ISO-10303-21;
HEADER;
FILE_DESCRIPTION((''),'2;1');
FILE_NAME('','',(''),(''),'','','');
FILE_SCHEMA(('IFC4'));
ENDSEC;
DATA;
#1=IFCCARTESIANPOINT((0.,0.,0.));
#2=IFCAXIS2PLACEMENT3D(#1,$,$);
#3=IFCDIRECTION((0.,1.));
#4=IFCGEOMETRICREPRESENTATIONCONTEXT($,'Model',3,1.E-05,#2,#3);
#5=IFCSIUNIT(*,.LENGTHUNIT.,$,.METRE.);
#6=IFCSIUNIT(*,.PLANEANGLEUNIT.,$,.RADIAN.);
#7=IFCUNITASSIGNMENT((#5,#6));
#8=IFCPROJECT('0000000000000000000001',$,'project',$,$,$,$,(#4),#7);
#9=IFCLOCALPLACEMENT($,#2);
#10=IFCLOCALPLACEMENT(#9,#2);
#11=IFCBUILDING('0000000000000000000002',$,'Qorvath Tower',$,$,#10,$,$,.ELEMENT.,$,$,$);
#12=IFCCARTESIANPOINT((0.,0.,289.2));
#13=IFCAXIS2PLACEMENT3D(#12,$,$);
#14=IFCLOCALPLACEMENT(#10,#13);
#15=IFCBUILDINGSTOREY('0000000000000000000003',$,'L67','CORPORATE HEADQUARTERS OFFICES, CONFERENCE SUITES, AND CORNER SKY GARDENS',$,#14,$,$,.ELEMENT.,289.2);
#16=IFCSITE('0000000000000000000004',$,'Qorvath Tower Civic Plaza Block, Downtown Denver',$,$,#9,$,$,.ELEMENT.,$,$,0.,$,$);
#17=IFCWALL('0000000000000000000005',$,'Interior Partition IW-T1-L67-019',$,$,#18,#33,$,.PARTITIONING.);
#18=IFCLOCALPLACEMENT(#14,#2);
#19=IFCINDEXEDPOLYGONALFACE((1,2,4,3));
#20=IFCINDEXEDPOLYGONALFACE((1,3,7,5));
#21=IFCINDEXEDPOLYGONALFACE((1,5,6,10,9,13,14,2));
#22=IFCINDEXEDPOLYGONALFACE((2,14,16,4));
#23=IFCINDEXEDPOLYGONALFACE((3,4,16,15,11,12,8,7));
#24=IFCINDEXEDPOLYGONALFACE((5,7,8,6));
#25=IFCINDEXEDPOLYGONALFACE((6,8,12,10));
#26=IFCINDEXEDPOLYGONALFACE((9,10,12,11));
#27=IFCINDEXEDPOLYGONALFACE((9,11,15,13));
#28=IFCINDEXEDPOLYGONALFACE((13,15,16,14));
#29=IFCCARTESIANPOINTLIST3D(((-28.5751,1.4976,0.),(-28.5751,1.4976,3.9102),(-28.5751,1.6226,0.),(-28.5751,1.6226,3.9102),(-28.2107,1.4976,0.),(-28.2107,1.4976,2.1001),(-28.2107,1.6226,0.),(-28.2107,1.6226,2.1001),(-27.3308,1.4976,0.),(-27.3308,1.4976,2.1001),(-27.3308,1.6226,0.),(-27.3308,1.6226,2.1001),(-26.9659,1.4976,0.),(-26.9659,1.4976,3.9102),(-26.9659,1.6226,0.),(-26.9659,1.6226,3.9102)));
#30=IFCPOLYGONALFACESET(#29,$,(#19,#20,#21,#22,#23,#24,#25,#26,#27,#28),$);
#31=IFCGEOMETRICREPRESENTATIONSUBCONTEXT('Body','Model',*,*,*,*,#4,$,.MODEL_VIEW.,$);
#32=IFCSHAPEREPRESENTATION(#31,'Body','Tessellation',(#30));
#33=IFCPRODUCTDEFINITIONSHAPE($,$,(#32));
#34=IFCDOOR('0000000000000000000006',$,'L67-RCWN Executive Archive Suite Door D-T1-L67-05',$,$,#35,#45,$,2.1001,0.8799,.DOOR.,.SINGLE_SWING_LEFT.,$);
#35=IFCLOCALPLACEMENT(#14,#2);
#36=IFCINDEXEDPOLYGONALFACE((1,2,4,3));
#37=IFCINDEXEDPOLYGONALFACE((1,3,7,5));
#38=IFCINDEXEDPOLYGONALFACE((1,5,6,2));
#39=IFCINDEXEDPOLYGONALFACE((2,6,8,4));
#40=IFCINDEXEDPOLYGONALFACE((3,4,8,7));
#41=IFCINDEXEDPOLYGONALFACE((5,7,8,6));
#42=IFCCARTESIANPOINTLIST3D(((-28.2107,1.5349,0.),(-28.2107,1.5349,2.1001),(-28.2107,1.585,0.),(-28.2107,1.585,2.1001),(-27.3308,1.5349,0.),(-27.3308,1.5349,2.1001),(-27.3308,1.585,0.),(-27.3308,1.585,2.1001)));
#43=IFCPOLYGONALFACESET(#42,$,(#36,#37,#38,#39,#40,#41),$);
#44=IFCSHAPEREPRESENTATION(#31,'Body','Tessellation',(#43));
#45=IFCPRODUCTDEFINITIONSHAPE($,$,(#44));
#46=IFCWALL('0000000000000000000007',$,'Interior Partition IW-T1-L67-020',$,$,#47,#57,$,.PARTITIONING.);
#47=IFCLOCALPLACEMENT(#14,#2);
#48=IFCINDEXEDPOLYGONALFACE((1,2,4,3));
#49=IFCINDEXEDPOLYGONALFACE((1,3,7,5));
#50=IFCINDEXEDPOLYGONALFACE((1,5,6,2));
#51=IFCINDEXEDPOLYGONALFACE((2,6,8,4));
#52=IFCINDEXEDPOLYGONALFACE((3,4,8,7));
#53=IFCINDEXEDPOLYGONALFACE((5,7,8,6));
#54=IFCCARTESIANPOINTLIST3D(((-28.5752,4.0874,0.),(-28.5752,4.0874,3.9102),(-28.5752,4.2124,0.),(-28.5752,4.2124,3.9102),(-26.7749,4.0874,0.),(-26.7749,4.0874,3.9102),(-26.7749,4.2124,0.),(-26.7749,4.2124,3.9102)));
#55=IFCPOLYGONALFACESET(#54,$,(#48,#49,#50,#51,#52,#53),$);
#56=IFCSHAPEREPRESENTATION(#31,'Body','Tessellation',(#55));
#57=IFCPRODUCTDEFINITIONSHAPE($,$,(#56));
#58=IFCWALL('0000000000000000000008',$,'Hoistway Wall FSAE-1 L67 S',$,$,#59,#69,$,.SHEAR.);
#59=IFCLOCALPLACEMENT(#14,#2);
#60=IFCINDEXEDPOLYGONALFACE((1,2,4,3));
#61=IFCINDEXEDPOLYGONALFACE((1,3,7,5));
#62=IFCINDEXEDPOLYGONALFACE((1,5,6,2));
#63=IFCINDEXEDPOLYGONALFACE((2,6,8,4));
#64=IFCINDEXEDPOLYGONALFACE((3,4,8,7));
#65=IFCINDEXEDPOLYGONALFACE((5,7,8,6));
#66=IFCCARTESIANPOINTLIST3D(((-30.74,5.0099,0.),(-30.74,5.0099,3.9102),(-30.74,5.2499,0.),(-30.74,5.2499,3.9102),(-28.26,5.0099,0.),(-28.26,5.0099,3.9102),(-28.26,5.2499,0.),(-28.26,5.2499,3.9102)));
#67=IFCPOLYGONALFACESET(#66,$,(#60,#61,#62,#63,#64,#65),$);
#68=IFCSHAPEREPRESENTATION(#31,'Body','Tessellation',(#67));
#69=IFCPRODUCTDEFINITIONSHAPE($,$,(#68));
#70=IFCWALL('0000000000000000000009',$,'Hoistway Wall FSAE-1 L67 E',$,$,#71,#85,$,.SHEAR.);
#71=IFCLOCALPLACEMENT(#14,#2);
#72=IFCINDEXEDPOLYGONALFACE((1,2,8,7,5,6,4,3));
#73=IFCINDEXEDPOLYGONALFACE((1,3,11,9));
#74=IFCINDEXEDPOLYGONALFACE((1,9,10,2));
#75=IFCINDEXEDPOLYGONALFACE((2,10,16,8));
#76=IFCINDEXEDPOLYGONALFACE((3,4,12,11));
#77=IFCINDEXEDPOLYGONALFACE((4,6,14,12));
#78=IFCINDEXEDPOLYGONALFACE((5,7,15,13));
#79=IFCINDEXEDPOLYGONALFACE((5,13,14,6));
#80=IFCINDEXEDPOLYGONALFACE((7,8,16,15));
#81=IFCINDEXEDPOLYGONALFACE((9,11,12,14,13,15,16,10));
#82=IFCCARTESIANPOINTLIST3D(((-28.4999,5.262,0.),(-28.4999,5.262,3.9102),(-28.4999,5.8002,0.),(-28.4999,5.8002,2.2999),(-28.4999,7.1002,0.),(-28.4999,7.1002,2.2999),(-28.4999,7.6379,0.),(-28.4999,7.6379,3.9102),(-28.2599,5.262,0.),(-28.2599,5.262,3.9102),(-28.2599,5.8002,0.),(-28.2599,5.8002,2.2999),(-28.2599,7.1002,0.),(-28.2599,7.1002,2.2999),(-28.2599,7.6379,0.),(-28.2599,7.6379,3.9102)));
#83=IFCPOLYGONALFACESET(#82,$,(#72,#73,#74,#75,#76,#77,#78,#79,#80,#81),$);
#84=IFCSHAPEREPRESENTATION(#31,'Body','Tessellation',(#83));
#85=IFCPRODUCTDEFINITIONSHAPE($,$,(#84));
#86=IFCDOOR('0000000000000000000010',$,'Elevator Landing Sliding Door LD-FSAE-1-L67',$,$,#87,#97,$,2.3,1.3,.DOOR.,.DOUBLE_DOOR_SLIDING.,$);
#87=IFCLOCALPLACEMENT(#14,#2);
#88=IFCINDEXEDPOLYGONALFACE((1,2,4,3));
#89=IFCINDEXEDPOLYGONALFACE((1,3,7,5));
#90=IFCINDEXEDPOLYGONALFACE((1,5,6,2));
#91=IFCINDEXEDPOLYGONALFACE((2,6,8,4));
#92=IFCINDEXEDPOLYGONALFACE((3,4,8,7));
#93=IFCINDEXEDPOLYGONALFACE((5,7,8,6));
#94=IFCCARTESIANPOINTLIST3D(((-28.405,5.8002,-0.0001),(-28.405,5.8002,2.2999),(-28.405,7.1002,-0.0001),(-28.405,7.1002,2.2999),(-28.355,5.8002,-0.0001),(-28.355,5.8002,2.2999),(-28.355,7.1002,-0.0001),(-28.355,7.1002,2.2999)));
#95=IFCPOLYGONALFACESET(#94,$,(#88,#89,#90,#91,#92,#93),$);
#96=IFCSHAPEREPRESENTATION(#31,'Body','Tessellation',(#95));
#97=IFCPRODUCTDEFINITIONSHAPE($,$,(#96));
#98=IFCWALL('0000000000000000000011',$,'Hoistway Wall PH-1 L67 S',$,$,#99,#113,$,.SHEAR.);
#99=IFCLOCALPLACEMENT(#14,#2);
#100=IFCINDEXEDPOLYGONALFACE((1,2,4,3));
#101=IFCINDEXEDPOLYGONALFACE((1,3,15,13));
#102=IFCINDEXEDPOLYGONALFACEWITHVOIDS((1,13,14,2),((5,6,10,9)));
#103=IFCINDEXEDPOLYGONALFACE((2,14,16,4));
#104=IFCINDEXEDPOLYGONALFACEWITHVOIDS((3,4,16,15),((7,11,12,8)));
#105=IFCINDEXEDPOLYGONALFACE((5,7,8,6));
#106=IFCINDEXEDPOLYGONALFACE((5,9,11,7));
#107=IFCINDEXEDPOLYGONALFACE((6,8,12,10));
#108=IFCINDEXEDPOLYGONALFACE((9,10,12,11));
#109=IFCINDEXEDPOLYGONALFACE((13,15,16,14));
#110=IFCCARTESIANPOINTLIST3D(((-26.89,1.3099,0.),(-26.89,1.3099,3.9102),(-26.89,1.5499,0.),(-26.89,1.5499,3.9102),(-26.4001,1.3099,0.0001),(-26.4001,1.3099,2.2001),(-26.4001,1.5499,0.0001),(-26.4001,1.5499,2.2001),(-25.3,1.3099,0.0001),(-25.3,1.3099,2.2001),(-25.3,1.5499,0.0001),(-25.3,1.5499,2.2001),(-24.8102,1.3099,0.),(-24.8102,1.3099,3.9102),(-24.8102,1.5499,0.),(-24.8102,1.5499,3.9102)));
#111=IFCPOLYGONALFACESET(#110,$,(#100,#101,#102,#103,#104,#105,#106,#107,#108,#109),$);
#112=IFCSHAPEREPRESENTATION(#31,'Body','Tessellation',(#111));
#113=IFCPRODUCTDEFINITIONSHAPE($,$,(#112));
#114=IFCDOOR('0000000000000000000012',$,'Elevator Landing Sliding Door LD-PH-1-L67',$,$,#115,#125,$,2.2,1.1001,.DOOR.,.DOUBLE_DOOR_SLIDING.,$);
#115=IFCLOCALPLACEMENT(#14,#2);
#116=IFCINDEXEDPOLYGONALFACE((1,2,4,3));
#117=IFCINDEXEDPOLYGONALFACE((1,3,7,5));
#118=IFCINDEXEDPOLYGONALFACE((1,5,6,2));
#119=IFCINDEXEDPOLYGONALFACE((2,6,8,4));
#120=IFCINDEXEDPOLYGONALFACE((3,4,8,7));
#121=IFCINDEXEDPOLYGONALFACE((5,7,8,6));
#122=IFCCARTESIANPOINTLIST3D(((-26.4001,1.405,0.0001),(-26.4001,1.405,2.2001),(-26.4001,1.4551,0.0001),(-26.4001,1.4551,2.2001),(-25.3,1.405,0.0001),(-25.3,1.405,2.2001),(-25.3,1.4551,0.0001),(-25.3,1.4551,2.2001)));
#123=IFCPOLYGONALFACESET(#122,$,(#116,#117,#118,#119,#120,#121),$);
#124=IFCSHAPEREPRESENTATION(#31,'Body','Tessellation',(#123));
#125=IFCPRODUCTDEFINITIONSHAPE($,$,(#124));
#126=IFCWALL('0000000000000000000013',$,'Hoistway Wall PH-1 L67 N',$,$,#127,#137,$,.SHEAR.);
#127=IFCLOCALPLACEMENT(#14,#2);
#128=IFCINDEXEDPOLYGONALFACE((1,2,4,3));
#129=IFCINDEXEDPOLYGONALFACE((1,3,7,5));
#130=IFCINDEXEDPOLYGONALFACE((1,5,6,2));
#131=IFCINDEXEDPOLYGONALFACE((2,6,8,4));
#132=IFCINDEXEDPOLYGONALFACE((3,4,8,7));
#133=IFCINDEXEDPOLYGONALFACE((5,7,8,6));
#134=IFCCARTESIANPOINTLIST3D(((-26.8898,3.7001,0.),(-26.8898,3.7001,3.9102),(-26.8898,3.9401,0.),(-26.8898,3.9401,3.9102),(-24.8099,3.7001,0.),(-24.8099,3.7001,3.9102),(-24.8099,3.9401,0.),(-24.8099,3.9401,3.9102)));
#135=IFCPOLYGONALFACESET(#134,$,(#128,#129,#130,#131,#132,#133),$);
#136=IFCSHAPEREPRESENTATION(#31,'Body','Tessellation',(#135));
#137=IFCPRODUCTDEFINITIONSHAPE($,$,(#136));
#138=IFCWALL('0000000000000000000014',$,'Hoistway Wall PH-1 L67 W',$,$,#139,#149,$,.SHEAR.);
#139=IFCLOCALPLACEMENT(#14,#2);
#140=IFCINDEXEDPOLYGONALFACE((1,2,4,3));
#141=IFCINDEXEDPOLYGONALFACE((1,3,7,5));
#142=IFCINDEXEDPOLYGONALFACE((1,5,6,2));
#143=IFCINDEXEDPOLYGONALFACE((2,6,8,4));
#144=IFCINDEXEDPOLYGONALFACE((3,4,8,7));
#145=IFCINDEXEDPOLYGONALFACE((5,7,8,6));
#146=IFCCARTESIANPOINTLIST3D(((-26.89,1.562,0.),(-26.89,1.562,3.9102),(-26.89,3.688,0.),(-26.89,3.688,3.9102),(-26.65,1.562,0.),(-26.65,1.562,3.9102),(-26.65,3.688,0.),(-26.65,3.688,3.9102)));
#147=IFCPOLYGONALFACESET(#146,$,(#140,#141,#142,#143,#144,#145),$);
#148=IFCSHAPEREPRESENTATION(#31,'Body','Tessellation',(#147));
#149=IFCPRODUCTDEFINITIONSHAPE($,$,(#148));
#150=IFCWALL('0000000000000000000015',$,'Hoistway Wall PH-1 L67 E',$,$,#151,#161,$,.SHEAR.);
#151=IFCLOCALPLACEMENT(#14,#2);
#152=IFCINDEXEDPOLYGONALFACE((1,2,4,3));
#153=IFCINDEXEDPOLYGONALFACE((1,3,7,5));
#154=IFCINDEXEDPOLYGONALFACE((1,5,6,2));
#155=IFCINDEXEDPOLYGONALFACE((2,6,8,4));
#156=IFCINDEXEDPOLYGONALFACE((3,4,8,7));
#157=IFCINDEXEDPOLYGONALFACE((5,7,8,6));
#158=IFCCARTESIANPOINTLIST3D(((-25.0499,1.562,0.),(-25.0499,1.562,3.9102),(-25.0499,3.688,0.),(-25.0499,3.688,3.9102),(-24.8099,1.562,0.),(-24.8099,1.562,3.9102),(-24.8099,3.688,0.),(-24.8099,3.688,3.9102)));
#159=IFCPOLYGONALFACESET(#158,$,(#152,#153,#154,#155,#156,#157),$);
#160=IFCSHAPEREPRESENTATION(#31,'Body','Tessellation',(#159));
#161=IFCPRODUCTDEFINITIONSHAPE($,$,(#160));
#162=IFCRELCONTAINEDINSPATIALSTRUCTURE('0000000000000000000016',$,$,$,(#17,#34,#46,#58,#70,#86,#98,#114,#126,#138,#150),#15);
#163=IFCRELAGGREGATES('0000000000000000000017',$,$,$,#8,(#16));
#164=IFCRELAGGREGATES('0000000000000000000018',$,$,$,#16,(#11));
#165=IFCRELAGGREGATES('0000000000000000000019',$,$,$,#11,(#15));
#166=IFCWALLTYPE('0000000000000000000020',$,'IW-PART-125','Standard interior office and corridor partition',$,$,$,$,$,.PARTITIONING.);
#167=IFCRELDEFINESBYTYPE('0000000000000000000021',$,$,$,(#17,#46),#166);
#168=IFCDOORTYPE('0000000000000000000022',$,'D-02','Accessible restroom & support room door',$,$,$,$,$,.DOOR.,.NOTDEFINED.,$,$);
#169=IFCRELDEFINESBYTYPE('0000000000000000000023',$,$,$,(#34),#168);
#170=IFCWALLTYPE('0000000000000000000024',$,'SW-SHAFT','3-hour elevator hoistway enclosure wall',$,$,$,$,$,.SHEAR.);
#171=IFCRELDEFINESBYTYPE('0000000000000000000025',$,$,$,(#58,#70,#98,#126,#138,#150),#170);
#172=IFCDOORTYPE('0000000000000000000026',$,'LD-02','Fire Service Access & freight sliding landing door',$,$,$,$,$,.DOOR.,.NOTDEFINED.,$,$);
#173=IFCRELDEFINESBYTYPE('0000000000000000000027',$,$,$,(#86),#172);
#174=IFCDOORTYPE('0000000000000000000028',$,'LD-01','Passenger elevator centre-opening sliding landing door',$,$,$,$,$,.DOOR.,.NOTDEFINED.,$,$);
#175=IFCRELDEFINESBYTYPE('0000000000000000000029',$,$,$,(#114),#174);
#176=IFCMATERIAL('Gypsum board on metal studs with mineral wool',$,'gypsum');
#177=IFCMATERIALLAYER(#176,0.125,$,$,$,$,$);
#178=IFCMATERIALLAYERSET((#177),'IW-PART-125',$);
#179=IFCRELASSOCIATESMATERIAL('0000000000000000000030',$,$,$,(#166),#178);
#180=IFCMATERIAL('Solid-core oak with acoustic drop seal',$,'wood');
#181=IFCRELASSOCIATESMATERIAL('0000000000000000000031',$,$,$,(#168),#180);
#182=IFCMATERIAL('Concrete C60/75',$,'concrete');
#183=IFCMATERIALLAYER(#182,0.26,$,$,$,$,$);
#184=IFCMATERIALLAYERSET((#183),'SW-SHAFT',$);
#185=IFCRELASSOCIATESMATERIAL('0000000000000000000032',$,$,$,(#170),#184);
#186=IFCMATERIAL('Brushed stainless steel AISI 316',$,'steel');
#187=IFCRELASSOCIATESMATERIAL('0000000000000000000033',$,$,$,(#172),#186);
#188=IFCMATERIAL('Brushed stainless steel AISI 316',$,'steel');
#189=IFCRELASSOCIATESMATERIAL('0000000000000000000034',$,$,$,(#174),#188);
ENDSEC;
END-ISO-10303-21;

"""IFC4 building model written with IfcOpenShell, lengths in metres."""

from ifc_helpers import new_model, si_unit, direction, frame, frame_2d, origin, place, context, subcontext, project, spatial, rectangle, extrude, material, layer, layer_set, type_object, element, fill, save


model = new_model("IFC4")

# Units and contexts
model_context = context("Model", 3, precision=1e-05, world=origin(), true_north=direction((0.0, 1.0)))
body_context = subcontext(model_context, "Body", "Model", "MODEL_VIEW")
ifc_project = project(units=[si_unit("LENGTHUNIT", "METRE"), si_unit("PLANEANGLEUNIT", "RADIAN")], contexts=[model_context])

# Site, building, storey
site_placement = place(None, origin())
site = spatial("IfcSite", under=ifc_project, at=site_placement, Name="Qorvath Tower Civic Plaza Block, Downtown Denver", CompositionType="ELEMENT", RefElevation=0.0)
building_placement = place(site_placement, origin())
building = spatial("IfcBuilding", under=site, at=building_placement, Name="Qorvath Tower", CompositionType="ELEMENT")
storey_placement = place(building_placement, frame((0.0, 0.0, 289.2)))
storey = spatial("IfcBuildingStorey", under=building, at=storey_placement, Name="L67", Description="CORPORATE HEADQUARTERS OFFICES, CONFERENCE SUITES, AND CORNER SKY GARDENS", CompositionType="ELEMENT", Elevation=289.2)

# Shared definitions
ifc_material_1 = material(Name="Gypsum board on metal studs with mineral wool", Category="gypsum")
ifc_layer_1 = layer(ifc_material_1, 0.125)
ifc_layer_set_1 = layer_set([ifc_layer_1], Name="IW-PART-125")
wall_type_1 = type_object("IfcWallType", Name="IW-PART-125", Description="Standard interior office and corridor partition", PredefinedType="PARTITIONING", material=ifc_layer_set_1)

# Wall, opening, door
wall_1_placement = place(storey_placement, frame((-28.5752, 1.5601, 0.0), z_axis=(0.0, 0.0, 1.0), x_axis=(1.0, 0.0, 0.0)))
wall_1 = element("IfcWall", 1, at=wall_1_placement, inside=storey, type_object=wall_type_1, Name="Interior Partition IW-T1-L67-019", PredefinedType="PARTITIONING", context=body_context, shape_type="SweptSolid", body=[
    extrude(rectangle(XDim=1.6091, YDim=0.125, at=frame_2d((0.8047, 0.0))), origin(), (0.0, 0.0, 1.0), 3.9102),
])
opening_1_placement = place(wall_1_placement, frame((0.3645, 0.0, 0.0)))
opening_1 = element("IfcOpeningElement", 2, at=opening_1_placement, cuts=wall_1, PredefinedType="OPENING", context=body_context, shape_type="SweptSolid", body=[
    extrude(rectangle(XDim=0.8799, YDim=2.1001, at=frame_2d((0.4399, 1.05))), frame((0.0, 0.0725, 0.0), z_axis=(0.0, -1.0, 0.0), x_axis=(1.0, 0.0, 0.0)), (0.0, 0.0, 1.0), 0.145),
])
ifc_material_2 = material(Name="Solid-core oak with acoustic drop seal", Category="wood")
door_type_1 = type_object("IfcDoorType", Name="D-02", Description="Accessible restroom & support room door", OperationType="NOTDEFINED", PredefinedType="DOOR", material=ifc_material_2)
door_1_placement = place(opening_1_placement, origin())
door_1 = element("IfcDoor", 3, at=door_1_placement, inside=storey, type_object=door_type_1, Name="L67-RCWN Executive Archive Suite Door D-T1-L67-05", OperationType="SINGLE_SWING_LEFT", OverallHeight=2.1001, OverallWidth=0.8799, PredefinedType="DOOR", context=body_context, shape_type="SweptSolid", body=[
    extrude(rectangle(XDim=0.8799, YDim=2.1001, at=frame_2d((0.4399, 1.05))), frame((0.0, 0.0249, 0.0), z_axis=(0.0, -1.0, 0.0), x_axis=(1.0, 0.0, 0.0)), (0.0, 0.0, 1.0), 0.05),
])
fill(opening_1, door_1)

# Walls
wall_2_placement = place(storey_placement, frame((-26.7749, 4.1499, 0.0), z_axis=(0.0, 0.0, 1.0), x_axis=(-1.0, 0.0, 0.0)))
element("IfcWall", 4, at=wall_2_placement, inside=storey, type_object=wall_type_1, Name="Interior Partition IW-T1-L67-020", PredefinedType="PARTITIONING", context=body_context, shape_type="SweptSolid", body=[
    extrude(rectangle(XDim=1.8003, YDim=0.125, at=frame_2d((0.9001, 0.0))), origin(), (0.0, 0.0, 1.0), 3.9102),
])
ifc_material_3 = material(Name="Concrete C60/75", Category="concrete")
ifc_layer_2 = layer(ifc_material_3, 0.26)
ifc_layer_set_2 = layer_set([ifc_layer_2], Name="SW-SHAFT")
wall_type_2 = type_object("IfcWallType", Name="SW-SHAFT", Description="3-hour elevator hoistway enclosure wall", PredefinedType="SHEAR", material=ifc_layer_set_2)
wall_3_placement = place(storey_placement, frame((-28.26, 5.1299, 0.0), z_axis=(0.0, 0.0, 1.0), x_axis=(-1.0, 0.0, 0.0)))
element("IfcWall", 5, at=wall_3_placement, inside=storey, type_object=wall_type_2, Name="Hoistway Wall FSAE-1 L67 S", PredefinedType="SHEAR", context=body_context, shape_type="SweptSolid", body=[
    extrude(rectangle(XDim=2.48, YDim=0.24, at=frame_2d((1.24, 0.0))), origin(), (0.0, 0.0, 1.0), 3.9102),
])

# Walls, openings, doors
wall_4_placement = place(storey_placement, frame((-28.3799, 7.6379, 0.0), z_axis=(0.0, 0.0, 1.0), x_axis=(0.0, -1.0, 0.0)))
wall_4 = element("IfcWall", 6, at=wall_4_placement, inside=storey, type_object=wall_type_2, Name="Hoistway Wall FSAE-1 L67 E", PredefinedType="SHEAR", context=body_context, shape_type="SweptSolid", body=[
    extrude(rectangle(XDim=2.376, YDim=0.24, at=frame_2d((1.188, 0.0))), origin(), (0.0, 0.0, 1.0), 3.9102),
])
opening_2_placement = place(wall_4_placement, frame((0.5378, 0.0, 0.0)))
opening_2 = element("IfcOpeningElement", 7, at=opening_2_placement, cuts=wall_4, PredefinedType="OPENING", context=body_context, shape_type="SweptSolid", body=[
    extrude(rectangle(XDim=1.3, YDim=2.3, at=frame_2d((0.6499, 1.1499))), frame((0.0, 0.1299, 0.0), z_axis=(0.0, -1.0, 0.0), x_axis=(1.0, 0.0, 0.0)), (0.0, 0.0, 1.0), 0.26),
])
ifc_material_4 = material(Name="Brushed stainless steel AISI 316", Category="steel")
door_type_2 = type_object("IfcDoorType", Name="LD-02", Description="Fire Service Access & freight sliding landing door", OperationType="NOTDEFINED", PredefinedType="DOOR", material=ifc_material_4)
door_2_placement = place(opening_2_placement, origin())
door_2 = element("IfcDoor", 8, at=door_2_placement, inside=storey, type_object=door_type_2, Name="Elevator Landing Sliding Door LD-FSAE-1-L67", OperationType="DOUBLE_DOOR_SLIDING", OverallHeight=2.3, OverallWidth=1.3, PredefinedType="DOOR", context=body_context, shape_type="SweptSolid", body=[
    extrude(rectangle(XDim=1.3, YDim=2.3, at=frame_2d((0.6499, 1.1499))), frame((0.0, 0.0249, 0.0), z_axis=(0.0, -1.0, 0.0), x_axis=(1.0, 0.0, 0.0)), (0.0, 0.0, 1.0), 0.05),
])
fill(opening_2, door_2)
wall_5_placement = place(storey_placement, frame((-24.8101, 1.4299, 0.0), z_axis=(0.0, 0.0, 1.0), x_axis=(-1.0, 0.0, 0.0)))
wall_5 = element("IfcWall", 9, at=wall_5_placement, inside=storey, type_object=wall_type_2, Name="Hoistway Wall PH-1 L67 S", PredefinedType="SHEAR", context=body_context, shape_type="SweptSolid", body=[
    extrude(rectangle(XDim=2.0798, YDim=0.24, at=frame_2d((1.04, 0.0))), origin(), (0.0, 0.0, 1.0), 3.9102),
])
opening_3_placement = place(wall_5_placement, frame((0.49, 0.0, 0.0)))
opening_3 = element("IfcOpeningElement", 10, at=opening_3_placement, cuts=wall_5, PredefinedType="OPENING", context=body_context, shape_type="SweptSolid", body=[
    extrude(rectangle(XDim=1.1001, YDim=2.2, at=frame_2d((0.55, 1.1001))), frame((0.0, 0.1299, 0.0), z_axis=(0.0, -1.0, 0.0), x_axis=(1.0, 0.0, 0.0)), (0.0, 0.0, 1.0), 0.26),
])
ifc_material_5 = material(Name="Brushed stainless steel AISI 316", Category="steel")
door_type_3 = type_object("IfcDoorType", Name="LD-01", Description="Passenger elevator centre-opening sliding landing door", OperationType="NOTDEFINED", PredefinedType="DOOR", material=ifc_material_5)
door_3_placement = place(opening_3_placement, origin())
door_3 = element("IfcDoor", 11, at=door_3_placement, inside=storey, type_object=door_type_3, Name="Elevator Landing Sliding Door LD-PH-1-L67", OperationType="DOUBLE_DOOR_SLIDING", OverallHeight=2.2, OverallWidth=1.1001, PredefinedType="DOOR", context=body_context, shape_type="SweptSolid", body=[
    extrude(rectangle(XDim=1.1001, YDim=2.2, at=frame_2d((0.55, 1.1001))), frame((0.0, 0.0249, 0.0), z_axis=(0.0, -1.0, 0.0), x_axis=(1.0, 0.0, 0.0)), (0.0, 0.0, 1.0), 0.05),
])
fill(opening_3, door_3)

# Walls
wall_6_placement = place(storey_placement, frame((-26.8899, 3.8201, 0.0), z_axis=(0.0, 0.0, 1.0), x_axis=(1.0, 0.0, 0.0)))
element("IfcWall", 12, at=wall_6_placement, inside=storey, type_object=wall_type_2, Name="Hoistway Wall PH-1 L67 N", PredefinedType="SHEAR", context=body_context, shape_type="SweptSolid", body=[
    extrude(rectangle(XDim=2.0798, YDim=0.24, at=frame_2d((1.04, 0.0))), origin(), (0.0, 0.0, 1.0), 3.9102),
])
for number, where, z_axis, x_axis, name in (
    (13, (-26.77, 1.562, 0.0), (0.0, 0.0, 1.0), (0.0, 1.0, 0.0), "Hoistway Wall PH-1 L67 W"),
    (14, (-24.9299, 3.688, 0.0), (0.0, 0.0, 1.0), (0.0, -1.0, 0.0), "Hoistway Wall PH-1 L67 E"),
):
    element("IfcWall", number, at=place(storey_placement, frame(where, z_axis=z_axis, x_axis=x_axis)), inside=storey, type_object=wall_type_2, Name=name, PredefinedType="SHEAR", context=body_context, shape_type="SweptSolid", body=[
        extrude(rectangle(XDim=2.126, YDim=0.24, at=frame_2d((1.063, 0.0))), origin(), (0.0, 0.0, 1.0), 3.9102),
    ])

save(model, "model.ifc")
